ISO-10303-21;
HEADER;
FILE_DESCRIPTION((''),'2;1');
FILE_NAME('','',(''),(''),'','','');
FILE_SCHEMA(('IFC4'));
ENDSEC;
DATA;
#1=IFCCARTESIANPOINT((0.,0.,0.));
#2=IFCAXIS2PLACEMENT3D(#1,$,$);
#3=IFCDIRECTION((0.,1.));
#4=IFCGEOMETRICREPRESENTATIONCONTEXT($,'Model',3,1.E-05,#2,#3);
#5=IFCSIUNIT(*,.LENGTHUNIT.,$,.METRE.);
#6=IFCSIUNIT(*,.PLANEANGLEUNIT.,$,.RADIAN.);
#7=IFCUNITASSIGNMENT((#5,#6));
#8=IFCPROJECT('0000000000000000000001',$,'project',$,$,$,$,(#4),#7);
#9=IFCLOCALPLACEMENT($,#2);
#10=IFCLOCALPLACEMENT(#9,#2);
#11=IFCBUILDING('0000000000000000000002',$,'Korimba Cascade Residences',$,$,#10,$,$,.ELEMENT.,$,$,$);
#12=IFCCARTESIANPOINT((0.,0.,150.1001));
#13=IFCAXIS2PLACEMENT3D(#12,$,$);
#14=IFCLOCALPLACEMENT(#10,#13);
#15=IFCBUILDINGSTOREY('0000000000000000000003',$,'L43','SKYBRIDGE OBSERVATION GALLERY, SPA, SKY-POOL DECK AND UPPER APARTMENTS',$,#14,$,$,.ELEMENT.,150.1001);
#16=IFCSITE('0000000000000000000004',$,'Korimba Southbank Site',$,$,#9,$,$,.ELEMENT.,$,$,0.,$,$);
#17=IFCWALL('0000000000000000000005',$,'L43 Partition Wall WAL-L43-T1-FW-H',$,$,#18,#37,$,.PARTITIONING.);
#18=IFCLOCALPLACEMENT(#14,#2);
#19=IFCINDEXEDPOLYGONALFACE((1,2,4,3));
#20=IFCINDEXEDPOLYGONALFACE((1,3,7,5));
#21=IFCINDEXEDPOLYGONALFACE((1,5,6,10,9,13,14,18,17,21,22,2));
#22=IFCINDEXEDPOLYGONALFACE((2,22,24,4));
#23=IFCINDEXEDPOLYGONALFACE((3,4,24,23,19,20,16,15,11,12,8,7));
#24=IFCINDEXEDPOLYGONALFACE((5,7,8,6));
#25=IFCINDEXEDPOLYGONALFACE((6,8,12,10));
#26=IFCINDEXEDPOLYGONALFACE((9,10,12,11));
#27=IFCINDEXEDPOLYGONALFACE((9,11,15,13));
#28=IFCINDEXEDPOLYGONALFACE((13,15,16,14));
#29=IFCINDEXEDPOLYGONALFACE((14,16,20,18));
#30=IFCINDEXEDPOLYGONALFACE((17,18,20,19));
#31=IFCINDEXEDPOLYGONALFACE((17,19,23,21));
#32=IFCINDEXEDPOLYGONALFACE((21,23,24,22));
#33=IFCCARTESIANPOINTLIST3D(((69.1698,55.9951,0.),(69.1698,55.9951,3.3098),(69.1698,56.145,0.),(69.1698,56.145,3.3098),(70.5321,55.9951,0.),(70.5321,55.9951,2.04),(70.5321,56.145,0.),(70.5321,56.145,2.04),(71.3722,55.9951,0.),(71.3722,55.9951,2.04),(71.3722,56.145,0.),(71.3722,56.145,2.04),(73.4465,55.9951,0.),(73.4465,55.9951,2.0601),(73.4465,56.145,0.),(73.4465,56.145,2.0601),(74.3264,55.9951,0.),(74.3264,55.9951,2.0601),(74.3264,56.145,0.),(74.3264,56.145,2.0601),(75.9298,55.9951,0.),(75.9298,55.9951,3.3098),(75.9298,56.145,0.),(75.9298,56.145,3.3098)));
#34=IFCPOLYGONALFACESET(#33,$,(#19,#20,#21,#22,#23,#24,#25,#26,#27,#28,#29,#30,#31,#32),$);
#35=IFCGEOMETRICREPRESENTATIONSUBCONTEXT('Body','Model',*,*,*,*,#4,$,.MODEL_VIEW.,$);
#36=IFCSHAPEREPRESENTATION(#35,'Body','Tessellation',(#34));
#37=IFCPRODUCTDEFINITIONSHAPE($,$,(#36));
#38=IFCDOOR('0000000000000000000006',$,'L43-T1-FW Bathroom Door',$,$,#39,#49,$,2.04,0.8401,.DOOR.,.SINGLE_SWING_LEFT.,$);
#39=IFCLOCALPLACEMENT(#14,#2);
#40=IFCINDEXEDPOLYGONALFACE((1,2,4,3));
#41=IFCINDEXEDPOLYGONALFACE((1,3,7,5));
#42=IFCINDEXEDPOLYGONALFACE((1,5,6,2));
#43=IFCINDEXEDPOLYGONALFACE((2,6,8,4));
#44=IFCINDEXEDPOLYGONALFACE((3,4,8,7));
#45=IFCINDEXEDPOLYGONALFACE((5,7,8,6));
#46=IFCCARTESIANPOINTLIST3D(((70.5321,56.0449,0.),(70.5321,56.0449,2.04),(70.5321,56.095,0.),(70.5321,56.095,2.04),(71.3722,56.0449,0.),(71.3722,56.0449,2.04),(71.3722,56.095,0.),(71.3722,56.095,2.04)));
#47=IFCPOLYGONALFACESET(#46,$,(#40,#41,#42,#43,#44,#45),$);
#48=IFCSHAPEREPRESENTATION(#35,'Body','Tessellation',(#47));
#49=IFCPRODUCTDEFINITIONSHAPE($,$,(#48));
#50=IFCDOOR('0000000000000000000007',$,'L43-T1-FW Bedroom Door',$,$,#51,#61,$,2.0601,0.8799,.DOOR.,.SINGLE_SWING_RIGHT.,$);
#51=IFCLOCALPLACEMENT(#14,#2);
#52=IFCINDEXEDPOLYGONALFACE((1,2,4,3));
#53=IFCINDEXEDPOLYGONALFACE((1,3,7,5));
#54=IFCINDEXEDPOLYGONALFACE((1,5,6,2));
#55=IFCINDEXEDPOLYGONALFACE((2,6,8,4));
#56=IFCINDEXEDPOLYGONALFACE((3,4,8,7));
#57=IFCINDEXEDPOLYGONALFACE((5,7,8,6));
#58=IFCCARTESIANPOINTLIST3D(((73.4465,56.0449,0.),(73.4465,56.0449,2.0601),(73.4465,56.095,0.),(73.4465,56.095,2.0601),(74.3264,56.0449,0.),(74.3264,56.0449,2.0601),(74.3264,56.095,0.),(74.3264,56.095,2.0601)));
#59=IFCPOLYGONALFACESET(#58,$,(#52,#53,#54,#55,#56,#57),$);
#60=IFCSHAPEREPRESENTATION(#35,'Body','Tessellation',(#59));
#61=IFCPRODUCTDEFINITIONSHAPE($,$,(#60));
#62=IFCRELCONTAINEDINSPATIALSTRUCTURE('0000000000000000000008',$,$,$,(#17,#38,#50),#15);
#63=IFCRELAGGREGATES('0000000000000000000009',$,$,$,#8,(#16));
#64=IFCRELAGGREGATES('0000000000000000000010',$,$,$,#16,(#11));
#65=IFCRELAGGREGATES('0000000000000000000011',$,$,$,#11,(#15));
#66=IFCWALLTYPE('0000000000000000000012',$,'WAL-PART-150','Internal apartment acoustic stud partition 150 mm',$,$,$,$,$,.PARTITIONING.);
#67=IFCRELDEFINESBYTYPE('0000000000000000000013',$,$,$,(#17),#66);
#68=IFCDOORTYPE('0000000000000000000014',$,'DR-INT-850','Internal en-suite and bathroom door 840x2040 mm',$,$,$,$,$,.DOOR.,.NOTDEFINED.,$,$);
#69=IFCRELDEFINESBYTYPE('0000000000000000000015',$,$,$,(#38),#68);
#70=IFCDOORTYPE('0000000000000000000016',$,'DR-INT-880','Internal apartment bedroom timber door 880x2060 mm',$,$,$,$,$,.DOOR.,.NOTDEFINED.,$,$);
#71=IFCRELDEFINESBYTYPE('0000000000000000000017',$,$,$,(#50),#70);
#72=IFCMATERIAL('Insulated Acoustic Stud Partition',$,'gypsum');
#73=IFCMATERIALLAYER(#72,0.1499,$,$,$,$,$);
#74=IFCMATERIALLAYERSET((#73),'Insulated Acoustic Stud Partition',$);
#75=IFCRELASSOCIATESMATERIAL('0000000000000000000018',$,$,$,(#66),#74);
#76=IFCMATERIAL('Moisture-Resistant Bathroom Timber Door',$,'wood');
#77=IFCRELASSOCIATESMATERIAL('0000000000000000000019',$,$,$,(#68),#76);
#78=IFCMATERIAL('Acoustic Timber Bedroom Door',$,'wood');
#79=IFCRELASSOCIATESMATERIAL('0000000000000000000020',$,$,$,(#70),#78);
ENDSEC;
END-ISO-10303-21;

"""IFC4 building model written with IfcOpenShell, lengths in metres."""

from ifc_helpers import new_model, si_unit, direction, frame, frame_2d, origin, place, context, subcontext, project, spatial, rectangle, extrude, material, layer, layer_set, type_object, element, fill, save


model = new_model("IFC4")

# Units and contexts
model_context = context("Model", 3, precision=1e-05, world=origin(), true_north=direction((0.0, 1.0)))
body_context = subcontext(model_context, "Body", "Model", "MODEL_VIEW")
ifc_project = project(units=[si_unit("LENGTHUNIT", "METRE"), si_unit("PLANEANGLEUNIT", "RADIAN")], contexts=[model_context])

# Site, building, storey
site_placement = place(None, origin())
site = spatial("IfcSite", under=ifc_project, at=site_placement, Name="Korimba Southbank Site", CompositionType="ELEMENT", RefElevation=0.0)
building_placement = place(site_placement, origin())
building = spatial("IfcBuilding", under=site, at=building_placement, Name="Korimba Cascade Residences", CompositionType="ELEMENT")
storey_placement = place(building_placement, frame((0.0, 0.0, 150.1001)))
storey = spatial("IfcBuildingStorey", under=building, at=storey_placement, Name="L43", Description="SKYBRIDGE OBSERVATION GALLERY, SPA, SKY-POOL DECK AND UPPER APARTMENTS", CompositionType="ELEMENT", Elevation=150.1001)

# Shared definitions
ifc_material_1 = material(Name="Insulated Acoustic Stud Partition", Category="gypsum")
ifc_layer_1 = layer(ifc_material_1, 0.1499)
ifc_layer_set_1 = layer_set([ifc_layer_1], Name="Insulated Acoustic Stud Partition")
wall_type_1 = type_object("IfcWallType", Name="WAL-PART-150", Description="Internal apartment acoustic stud partition 150 mm", PredefinedType="PARTITIONING", material=ifc_layer_set_1)
ifc_material_2 = material(Name="Moisture-Resistant Bathroom Timber Door", Category="wood")
door_type_1 = type_object("IfcDoorType", Name="DR-INT-850", Description="Internal en-suite and bathroom door 840x2040 mm", OperationType="NOTDEFINED", PredefinedType="DOOR", material=ifc_material_2)
ifc_material_3 = material(Name="Acoustic Timber Bedroom Door", Category="wood")
door_type_2 = type_object("IfcDoorType", Name="DR-INT-880", Description="Internal apartment bedroom timber door 880x2060 mm", OperationType="NOTDEFINED", PredefinedType="DOOR", material=ifc_material_3)

# Wall, openings, doors
wall_1_placement = place(storey_placement, frame((69.1699, 56.0701, 0.0), z_axis=(0.0, 0.0, 1.0), x_axis=(1.0, 0.0, 0.0)))
wall_1 = element("IfcWall", 1, at=wall_1_placement, inside=storey, type_object=wall_type_1, Name="L43 Partition Wall WAL-L43-T1-FW-H", PredefinedType="PARTITIONING", context=body_context, shape_type="SweptSolid", body=[
    extrude(rectangle(XDim=6.76, YDim=0.1499, at=frame_2d((3.3799, 0.0))), origin(), (0.0, 0.0, 1.0), 3.3098),
])
opening_1_placement = place(wall_1_placement, frame((1.3623, 0.0, 0.0)))
opening_1 = element("IfcOpeningElement", 2, at=opening_1_placement, cuts=wall_1, PredefinedType="OPENING", context=body_context, shape_type="SweptSolid", body=[
    extrude(rectangle(XDim=0.8401, YDim=2.04, at=frame_2d((0.4199, 1.02))), frame((0.0, 0.085, 0.0), z_axis=(0.0, -1.0, 0.0), x_axis=(1.0, 0.0, 0.0)), (0.0, 0.0, 1.0), 0.1699),
])
opening_2_placement = place(wall_1_placement, frame((4.2766, 0.0, 0.0)))
opening_2 = element("IfcOpeningElement", 3, at=opening_2_placement, cuts=wall_1, PredefinedType="OPENING", context=body_context, shape_type="SweptSolid", body=[
    extrude(rectangle(XDim=0.8799, YDim=2.0601, at=frame_2d((0.4399, 1.03))), frame((0.0, 0.085, 0.0), z_axis=(0.0, -1.0, 0.0), x_axis=(1.0, 0.0, 0.0)), (0.0, 0.0, 1.0), 0.1699),
])
door_1_placement = place(opening_1_placement, origin())
door_1 = element("IfcDoor", 4, at=door_1_placement, inside=storey, type_object=door_type_1, Name="L43-T1-FW Bathroom Door", OperationType="SINGLE_SWING_LEFT", OverallHeight=2.04, OverallWidth=0.8401, PredefinedType="DOOR", context=body_context, shape_type="SweptSolid", body=[
    extrude(rectangle(XDim=0.8401, YDim=2.04, at=frame_2d((0.4199, 1.02))), frame((0.0, 0.0249, 0.0), z_axis=(0.0, -1.0, 0.0), x_axis=(1.0, 0.0, 0.0)), (0.0, 0.0, 1.0), 0.05),
])
fill(opening_1, door_1)
door_2_placement = place(opening_2_placement, origin())
door_2 = element("IfcDoor", 5, at=door_2_placement, inside=storey, type_object=door_type_2, Name="L43-T1-FW Bedroom Door", OperationType="SINGLE_SWING_RIGHT", OverallHeight=2.0601, OverallWidth=0.8799, PredefinedType="DOOR", context=body_context, shape_type="SweptSolid", body=[
    extrude(rectangle(XDim=0.8799, YDim=2.0601, at=frame_2d((0.4399, 1.03))), frame((0.0, 0.0249, 0.0), z_axis=(0.0, -1.0, 0.0), x_axis=(1.0, 0.0, 0.0)), (0.0, 0.0, 1.0), 0.05),
])
fill(opening_2, door_2)

save(model, "model.ifc")
